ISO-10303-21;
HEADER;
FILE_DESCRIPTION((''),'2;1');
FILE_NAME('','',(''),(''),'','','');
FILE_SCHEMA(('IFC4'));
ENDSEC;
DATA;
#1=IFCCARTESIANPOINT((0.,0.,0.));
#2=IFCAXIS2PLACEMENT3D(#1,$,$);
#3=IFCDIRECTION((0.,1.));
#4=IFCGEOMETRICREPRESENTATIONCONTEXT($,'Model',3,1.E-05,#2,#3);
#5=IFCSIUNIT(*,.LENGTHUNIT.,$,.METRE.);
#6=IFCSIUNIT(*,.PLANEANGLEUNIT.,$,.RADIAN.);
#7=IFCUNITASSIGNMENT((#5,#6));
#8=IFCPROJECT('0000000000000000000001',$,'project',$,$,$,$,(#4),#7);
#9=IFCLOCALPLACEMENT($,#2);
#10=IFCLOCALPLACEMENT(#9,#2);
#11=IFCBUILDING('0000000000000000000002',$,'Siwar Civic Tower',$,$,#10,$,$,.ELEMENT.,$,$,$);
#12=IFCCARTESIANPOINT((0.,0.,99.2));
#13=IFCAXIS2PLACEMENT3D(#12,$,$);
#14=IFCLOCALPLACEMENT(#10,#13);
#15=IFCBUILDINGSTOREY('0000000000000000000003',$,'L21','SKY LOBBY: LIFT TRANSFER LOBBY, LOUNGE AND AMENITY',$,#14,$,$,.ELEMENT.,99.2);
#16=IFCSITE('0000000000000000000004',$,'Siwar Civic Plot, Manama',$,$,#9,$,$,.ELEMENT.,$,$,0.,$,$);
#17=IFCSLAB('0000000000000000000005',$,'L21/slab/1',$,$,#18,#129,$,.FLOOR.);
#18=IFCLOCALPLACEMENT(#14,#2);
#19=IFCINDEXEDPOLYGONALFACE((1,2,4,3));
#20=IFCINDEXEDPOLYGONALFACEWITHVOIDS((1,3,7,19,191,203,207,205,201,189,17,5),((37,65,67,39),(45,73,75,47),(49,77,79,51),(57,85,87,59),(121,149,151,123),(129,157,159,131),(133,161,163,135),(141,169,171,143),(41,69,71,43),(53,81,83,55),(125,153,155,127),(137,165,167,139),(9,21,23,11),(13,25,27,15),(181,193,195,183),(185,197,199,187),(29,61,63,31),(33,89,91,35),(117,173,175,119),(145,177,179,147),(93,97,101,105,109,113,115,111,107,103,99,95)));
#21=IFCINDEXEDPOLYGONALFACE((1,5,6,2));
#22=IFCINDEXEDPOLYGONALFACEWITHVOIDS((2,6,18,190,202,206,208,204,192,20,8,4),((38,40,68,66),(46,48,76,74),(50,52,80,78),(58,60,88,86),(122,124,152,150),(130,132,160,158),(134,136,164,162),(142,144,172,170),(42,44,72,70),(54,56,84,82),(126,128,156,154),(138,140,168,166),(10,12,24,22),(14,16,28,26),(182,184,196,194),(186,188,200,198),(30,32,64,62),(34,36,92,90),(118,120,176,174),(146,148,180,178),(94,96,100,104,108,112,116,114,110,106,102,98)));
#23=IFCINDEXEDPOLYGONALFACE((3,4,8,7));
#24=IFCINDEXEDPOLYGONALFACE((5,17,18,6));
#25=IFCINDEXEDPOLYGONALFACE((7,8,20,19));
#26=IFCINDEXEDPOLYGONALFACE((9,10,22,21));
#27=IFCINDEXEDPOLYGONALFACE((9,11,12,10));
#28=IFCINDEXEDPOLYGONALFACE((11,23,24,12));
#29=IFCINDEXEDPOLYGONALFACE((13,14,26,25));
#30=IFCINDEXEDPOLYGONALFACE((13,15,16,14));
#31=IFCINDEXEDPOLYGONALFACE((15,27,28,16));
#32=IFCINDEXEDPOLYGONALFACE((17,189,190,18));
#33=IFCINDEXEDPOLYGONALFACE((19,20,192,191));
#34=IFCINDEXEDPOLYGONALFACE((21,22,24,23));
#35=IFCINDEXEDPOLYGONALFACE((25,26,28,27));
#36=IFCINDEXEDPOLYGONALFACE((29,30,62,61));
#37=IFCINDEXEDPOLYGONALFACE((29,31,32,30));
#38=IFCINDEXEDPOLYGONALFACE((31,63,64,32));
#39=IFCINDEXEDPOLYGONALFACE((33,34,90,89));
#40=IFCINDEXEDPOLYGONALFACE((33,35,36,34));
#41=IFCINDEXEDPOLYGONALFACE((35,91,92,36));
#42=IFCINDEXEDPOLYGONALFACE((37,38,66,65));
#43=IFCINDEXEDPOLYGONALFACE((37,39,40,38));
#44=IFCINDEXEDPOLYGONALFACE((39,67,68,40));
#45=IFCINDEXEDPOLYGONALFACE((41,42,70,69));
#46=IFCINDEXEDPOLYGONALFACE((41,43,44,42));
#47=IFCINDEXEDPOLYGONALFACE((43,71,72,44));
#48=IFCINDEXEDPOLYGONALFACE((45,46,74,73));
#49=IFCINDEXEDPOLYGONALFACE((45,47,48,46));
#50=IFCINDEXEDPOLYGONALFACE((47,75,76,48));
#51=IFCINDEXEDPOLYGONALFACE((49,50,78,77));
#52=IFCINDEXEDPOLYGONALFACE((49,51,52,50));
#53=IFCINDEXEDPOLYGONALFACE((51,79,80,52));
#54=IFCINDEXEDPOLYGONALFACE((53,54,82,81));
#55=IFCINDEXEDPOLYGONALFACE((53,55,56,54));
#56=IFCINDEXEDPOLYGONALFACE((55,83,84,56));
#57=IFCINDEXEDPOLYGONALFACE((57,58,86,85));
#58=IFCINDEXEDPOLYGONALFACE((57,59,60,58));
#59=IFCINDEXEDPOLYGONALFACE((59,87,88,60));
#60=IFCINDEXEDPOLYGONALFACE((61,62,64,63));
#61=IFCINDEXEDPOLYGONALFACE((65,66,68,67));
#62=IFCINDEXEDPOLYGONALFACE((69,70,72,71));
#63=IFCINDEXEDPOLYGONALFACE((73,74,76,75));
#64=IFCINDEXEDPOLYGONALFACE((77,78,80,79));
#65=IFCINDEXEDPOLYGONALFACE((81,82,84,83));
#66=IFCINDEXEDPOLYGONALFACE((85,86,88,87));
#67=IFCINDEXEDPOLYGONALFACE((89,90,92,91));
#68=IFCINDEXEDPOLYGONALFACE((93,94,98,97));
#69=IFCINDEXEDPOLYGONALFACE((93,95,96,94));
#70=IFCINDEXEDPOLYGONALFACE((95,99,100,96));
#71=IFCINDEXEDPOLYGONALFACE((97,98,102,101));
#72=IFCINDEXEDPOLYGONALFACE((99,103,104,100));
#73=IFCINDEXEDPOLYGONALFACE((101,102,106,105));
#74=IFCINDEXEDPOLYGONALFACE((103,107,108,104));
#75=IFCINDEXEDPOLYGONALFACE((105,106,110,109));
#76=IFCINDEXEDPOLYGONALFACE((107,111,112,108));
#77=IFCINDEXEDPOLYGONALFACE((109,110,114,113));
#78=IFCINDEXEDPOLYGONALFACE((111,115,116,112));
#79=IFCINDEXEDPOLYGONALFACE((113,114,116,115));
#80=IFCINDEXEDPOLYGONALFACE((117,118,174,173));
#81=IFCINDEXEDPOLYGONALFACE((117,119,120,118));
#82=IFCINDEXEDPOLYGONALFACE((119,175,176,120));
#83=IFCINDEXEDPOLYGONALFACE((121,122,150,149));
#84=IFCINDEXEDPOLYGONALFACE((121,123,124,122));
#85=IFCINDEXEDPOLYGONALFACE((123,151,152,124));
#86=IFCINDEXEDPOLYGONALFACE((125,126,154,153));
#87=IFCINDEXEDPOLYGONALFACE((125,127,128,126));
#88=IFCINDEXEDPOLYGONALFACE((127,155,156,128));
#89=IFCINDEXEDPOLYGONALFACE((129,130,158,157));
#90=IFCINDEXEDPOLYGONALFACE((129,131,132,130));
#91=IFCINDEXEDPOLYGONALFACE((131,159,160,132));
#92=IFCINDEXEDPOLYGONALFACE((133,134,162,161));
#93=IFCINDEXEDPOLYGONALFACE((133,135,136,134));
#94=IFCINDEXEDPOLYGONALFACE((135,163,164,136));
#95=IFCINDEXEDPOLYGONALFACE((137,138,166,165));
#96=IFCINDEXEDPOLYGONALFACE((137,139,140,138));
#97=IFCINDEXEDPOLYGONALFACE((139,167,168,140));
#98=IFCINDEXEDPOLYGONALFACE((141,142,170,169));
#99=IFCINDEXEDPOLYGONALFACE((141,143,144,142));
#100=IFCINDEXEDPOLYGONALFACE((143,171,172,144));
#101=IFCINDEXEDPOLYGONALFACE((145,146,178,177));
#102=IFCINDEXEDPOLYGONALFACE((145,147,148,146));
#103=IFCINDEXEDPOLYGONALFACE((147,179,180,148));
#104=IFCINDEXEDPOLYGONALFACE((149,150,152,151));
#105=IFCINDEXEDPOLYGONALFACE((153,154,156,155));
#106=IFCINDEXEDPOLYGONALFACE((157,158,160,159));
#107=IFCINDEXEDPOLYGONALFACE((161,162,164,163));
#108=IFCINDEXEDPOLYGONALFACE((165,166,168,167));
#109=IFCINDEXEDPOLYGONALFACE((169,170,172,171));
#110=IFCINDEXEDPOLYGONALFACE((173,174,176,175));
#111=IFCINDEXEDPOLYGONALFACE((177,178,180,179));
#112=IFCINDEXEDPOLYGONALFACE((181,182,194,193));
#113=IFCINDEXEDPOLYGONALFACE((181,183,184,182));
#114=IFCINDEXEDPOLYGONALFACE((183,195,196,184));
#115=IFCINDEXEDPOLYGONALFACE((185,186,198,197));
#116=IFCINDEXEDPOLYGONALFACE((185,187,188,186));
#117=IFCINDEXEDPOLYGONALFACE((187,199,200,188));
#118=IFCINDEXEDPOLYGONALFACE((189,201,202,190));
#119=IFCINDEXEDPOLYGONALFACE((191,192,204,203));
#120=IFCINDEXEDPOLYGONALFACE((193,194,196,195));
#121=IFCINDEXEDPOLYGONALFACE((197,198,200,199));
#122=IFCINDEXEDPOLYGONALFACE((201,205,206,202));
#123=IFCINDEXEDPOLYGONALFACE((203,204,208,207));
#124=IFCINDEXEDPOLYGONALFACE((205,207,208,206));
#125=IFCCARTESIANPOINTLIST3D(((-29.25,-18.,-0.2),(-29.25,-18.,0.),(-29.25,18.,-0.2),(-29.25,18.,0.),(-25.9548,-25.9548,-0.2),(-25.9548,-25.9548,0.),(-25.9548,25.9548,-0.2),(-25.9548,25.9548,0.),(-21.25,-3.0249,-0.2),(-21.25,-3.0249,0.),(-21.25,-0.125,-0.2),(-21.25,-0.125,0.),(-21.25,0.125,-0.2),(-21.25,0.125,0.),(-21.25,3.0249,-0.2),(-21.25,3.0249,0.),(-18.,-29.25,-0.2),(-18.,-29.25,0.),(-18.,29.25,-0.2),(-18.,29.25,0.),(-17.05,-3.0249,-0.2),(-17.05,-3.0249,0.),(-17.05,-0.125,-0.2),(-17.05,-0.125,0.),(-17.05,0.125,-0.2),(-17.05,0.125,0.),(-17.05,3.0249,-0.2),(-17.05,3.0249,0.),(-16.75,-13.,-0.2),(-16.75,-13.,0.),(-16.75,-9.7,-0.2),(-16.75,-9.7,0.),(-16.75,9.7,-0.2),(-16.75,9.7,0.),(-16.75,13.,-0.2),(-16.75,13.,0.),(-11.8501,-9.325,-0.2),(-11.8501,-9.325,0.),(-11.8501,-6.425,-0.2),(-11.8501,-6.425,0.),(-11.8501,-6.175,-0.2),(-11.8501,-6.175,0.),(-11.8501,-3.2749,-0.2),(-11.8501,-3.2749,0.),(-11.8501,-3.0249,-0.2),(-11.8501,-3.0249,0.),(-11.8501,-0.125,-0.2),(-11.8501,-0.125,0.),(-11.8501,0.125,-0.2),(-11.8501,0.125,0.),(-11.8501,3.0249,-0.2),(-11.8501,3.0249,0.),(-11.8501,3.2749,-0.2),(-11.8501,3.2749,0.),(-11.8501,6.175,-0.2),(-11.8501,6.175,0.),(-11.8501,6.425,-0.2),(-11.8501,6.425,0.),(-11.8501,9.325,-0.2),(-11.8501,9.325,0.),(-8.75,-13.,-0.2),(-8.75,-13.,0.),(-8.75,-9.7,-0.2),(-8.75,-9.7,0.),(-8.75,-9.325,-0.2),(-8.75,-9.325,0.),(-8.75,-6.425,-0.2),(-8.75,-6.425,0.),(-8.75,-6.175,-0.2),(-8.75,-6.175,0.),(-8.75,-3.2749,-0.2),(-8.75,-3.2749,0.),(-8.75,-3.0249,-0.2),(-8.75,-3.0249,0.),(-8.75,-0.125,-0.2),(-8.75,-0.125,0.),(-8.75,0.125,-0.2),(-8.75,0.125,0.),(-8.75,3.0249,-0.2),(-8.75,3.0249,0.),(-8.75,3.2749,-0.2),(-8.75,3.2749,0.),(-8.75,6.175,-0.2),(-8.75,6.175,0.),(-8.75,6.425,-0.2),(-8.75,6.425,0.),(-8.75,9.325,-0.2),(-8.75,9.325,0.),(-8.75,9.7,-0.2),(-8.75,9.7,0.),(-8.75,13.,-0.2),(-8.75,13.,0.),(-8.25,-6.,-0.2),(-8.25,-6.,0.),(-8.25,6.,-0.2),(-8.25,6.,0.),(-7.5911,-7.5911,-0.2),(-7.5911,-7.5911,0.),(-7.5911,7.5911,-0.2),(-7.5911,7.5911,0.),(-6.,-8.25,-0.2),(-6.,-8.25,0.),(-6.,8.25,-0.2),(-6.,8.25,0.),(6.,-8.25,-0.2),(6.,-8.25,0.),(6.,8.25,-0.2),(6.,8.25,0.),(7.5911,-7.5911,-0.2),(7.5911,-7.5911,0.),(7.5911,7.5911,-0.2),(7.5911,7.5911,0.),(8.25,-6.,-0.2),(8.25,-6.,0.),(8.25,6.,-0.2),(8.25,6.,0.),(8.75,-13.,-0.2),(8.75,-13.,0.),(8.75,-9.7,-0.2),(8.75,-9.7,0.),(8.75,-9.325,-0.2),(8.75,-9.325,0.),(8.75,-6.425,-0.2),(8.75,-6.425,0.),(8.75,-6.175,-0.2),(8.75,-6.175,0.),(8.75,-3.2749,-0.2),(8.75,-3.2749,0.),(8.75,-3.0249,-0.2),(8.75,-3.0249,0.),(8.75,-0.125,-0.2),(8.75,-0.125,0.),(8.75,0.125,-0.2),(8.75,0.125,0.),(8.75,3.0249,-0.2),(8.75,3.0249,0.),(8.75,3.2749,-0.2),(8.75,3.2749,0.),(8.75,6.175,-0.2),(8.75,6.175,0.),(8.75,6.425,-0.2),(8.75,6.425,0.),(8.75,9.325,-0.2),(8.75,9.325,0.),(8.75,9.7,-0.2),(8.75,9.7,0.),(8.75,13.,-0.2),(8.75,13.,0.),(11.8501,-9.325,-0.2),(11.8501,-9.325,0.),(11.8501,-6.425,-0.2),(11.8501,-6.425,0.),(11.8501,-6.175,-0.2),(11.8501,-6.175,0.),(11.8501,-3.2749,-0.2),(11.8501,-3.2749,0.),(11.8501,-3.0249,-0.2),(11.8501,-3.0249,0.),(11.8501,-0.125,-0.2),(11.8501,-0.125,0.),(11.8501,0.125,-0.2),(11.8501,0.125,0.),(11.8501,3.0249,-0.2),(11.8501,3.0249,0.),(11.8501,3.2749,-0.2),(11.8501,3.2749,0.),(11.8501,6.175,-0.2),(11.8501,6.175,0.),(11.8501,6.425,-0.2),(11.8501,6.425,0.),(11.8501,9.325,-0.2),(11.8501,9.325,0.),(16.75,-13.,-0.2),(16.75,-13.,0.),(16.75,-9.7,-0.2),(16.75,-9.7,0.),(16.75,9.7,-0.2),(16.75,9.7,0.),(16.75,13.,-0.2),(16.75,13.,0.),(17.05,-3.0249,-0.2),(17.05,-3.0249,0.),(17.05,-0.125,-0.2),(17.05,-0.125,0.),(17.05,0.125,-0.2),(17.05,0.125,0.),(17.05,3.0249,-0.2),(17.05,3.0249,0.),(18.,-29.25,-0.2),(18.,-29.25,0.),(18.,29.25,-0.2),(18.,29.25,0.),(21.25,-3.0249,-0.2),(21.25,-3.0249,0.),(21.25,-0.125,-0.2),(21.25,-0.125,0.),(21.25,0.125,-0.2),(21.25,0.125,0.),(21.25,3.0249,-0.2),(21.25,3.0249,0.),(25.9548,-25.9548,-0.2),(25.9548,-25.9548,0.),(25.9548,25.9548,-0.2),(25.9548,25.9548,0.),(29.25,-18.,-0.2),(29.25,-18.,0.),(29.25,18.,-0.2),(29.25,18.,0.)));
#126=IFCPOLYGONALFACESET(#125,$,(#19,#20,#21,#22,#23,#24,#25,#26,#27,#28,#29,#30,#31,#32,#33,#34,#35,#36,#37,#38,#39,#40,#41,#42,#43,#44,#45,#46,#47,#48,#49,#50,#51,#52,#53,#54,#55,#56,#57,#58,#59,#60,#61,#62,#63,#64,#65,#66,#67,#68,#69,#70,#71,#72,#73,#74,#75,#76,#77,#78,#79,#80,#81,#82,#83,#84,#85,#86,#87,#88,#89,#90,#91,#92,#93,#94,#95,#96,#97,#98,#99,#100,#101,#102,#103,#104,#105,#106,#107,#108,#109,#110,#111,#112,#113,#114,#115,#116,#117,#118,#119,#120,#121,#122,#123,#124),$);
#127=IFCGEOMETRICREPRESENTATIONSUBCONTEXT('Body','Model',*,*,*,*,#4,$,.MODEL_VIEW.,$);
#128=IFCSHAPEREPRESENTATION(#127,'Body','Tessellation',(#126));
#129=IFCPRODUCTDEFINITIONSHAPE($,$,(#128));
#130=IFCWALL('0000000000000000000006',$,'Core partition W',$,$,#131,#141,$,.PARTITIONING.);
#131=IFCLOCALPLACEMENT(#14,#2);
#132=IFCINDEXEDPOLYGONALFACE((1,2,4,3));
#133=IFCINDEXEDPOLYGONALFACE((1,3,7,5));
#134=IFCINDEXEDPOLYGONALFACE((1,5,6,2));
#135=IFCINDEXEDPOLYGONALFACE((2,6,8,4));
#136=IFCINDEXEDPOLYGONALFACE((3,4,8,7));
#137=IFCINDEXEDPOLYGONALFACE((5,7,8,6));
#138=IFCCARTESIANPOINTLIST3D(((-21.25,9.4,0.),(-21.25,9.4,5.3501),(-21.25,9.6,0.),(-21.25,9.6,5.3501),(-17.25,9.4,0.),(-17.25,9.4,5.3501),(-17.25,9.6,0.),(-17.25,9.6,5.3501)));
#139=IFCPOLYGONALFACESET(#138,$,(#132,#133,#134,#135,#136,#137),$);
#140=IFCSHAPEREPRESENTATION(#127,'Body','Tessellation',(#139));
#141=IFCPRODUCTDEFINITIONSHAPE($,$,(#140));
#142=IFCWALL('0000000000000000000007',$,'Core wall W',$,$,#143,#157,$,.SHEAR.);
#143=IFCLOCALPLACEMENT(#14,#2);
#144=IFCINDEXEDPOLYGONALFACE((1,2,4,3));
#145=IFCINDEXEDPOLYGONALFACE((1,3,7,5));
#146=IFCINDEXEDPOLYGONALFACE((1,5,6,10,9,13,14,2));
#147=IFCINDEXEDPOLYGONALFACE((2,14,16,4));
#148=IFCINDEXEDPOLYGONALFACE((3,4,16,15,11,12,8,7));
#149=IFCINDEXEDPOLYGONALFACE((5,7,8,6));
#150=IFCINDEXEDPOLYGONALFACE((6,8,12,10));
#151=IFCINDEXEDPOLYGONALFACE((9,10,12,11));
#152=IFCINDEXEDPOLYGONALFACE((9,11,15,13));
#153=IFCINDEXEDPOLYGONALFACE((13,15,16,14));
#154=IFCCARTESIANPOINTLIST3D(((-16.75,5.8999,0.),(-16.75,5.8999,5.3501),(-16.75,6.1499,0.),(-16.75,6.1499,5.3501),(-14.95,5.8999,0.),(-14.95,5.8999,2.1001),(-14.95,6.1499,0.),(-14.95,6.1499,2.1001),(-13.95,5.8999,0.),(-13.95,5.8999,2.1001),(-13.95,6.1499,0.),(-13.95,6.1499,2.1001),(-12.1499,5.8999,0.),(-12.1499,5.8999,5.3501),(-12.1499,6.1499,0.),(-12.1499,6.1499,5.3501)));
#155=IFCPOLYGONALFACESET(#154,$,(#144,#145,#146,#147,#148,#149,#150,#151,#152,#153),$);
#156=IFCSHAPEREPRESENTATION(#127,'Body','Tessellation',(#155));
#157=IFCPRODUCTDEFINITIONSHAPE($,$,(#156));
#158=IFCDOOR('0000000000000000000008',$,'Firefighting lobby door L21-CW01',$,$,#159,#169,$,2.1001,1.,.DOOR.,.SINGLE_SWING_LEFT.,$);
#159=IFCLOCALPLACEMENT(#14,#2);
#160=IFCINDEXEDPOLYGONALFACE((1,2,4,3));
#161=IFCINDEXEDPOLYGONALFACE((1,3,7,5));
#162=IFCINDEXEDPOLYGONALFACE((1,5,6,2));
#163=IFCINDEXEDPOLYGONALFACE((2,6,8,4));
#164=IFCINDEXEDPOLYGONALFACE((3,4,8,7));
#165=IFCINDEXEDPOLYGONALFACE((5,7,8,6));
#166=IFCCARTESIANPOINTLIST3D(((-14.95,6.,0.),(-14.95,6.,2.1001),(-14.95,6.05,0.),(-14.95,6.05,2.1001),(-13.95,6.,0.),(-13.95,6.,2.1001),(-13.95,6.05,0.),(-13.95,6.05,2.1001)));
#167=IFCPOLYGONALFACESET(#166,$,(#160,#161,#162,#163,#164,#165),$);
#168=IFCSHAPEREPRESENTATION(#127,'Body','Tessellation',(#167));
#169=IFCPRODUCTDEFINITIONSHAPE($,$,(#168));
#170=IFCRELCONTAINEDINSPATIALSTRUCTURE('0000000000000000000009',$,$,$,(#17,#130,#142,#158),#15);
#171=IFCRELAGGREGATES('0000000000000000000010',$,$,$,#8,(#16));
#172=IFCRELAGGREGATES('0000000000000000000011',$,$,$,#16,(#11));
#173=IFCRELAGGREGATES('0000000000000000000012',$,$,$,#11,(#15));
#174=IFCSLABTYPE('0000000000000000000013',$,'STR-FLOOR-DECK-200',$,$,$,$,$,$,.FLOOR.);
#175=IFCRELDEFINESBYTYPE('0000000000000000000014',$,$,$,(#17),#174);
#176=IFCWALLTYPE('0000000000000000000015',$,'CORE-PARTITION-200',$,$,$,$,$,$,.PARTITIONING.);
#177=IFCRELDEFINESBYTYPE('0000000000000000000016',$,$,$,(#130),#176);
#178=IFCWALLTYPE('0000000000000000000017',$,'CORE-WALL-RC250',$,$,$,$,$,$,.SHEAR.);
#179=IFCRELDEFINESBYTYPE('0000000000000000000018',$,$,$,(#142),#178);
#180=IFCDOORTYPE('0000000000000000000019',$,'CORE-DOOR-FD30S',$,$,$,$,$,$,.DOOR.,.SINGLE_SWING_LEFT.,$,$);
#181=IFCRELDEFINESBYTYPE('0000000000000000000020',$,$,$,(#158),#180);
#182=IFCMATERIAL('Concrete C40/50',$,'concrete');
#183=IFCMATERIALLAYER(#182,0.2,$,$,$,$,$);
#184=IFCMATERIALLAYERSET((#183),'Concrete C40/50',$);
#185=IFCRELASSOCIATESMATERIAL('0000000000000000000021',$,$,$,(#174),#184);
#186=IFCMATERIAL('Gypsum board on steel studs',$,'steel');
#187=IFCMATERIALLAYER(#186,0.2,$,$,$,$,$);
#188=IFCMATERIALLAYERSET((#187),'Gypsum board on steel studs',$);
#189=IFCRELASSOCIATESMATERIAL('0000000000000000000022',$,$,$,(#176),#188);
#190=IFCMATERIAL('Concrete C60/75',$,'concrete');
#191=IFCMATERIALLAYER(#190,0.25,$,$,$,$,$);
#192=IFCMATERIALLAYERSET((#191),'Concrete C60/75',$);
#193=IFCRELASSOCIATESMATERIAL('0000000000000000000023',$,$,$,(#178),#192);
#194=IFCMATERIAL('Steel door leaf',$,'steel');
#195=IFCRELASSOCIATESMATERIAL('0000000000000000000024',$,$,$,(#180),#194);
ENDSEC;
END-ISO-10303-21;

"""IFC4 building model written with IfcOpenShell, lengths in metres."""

from ifc_helpers import new_model, si_unit, direction, frame, frame_2d, origin, place, context, subcontext, project, spatial, polyline, rectangle, outline, extrude, material, layer, layer_set, type_object, element, fill, save


model = new_model("IFC4")

# Units and contexts
model_context = context("Model", 3, precision=1e-05, world=origin(), true_north=direction((0.0, 1.0)))
body_context = subcontext(model_context, "Body", "Model", "MODEL_VIEW")
ifc_project = project(units=[si_unit("LENGTHUNIT", "METRE"), si_unit("PLANEANGLEUNIT", "RADIAN")], contexts=[model_context])

# Site, building, storey
site_placement = place(None, origin())
site = spatial("IfcSite", under=ifc_project, at=site_placement, Name="Siwar Civic Plot, Manama", CompositionType="ELEMENT", RefElevation=0.0)
building_placement = place(site_placement, origin())
building = spatial("IfcBuilding", under=site, at=building_placement, Name="Siwar Civic Tower", CompositionType="ELEMENT")
storey_placement = place(building_placement, frame((0.0, 0.0, 99.2)))
storey = spatial("IfcBuildingStorey", under=building, at=storey_placement, Name="L21", Description="SKY LOBBY: LIFT TRANSFER LOBBY, LOUNGE AND AMENITY", CompositionType="ELEMENT", Elevation=99.2)

# Slab
ifc_material_1 = material(Name="Concrete C40/50", Category="concrete")
ifc_layer_1 = layer(ifc_material_1, 0.2)
ifc_layer_set_1 = layer_set([ifc_layer_1], Name="Concrete C40/50")
slab_type = type_object("IfcSlabType", Name="STR-FLOOR-DECK-200", PredefinedType="FLOOR", material=ifc_layer_set_1)
slab_placement = place(storey_placement, frame((0.0, 0.0, -0.2)))
element("IfcSlab", 1, at=slab_placement, inside=storey, type_object=slab_type, Name="L21/slab/1", PredefinedType="FLOOR", context=body_context, shape_type="SweptSolid", body=[
    extrude(outline(polyline([(-18.0, -29.25), (18.0, -29.25), (25.9548, -25.9548), (29.25, -18.0), (29.25, 18.0), (25.9548, 25.9548), (18.0, 29.25), (-18.0, 29.25), (-25.9548, 25.9548), (-29.25, 18.0), (-29.25, -18.0), (-25.9548, -25.9548), (-18.0, -29.25)]), holes=[polyline([(21.25, 3.0249), (21.25, 0.125), (17.05, 0.125), (17.05, 3.0249), (21.25, 3.0249)]), polyline([(17.05, -0.125), (21.25, -0.125), (21.25, -3.0249), (17.05, -3.0249), (17.05, -0.125)]), polyline([(16.75, 13.0), (16.75, 9.7), (8.75, 9.7), (8.75, 13.0), (16.75, 13.0)]), polyline([(8.75, -9.7), (16.75, -9.7), (16.75, -13.0), (8.75, -13.0), (8.75, -9.7)]), polyline([(11.8501, 9.325), (11.8501, 6.425), (8.75, 6.425), (8.75, 9.325), (11.8501, 9.325)]), polyline([(11.8501, 3.0249), (11.8501, 0.125), (8.75, 0.125), (8.75, 3.0249), (11.8501, 3.0249)]), polyline([(11.8501, -0.125), (11.8501, -3.0249), (8.75, -3.0249), (8.75, -0.125), (11.8501, -0.125)]), polyline([(11.8501, -3.2749), (11.8501, -6.175), (8.75, -6.175), (8.75, -3.2749), (11.8501, -3.2749)]), polyline([(8.75, 6.175), (11.8501, 6.175), (11.8501, 3.2749), (8.75, 3.2749), (8.75, 6.175)]), polyline([(8.75, -6.425), (11.8501, -6.425), (11.8501, -9.325), (8.75, -9.325), (8.75, -6.425)]), polyline([(-6.0, 8.25), (6.0, 8.25), (7.5911, 7.5911), (8.25, 6.0), (8.25, -6.0), (7.5911, -7.5911), (6.0, -8.25), (-6.0, -8.25), (-7.5911, -7.5911), (-8.25, -6.0), (-8.25, 6.0), (-7.5911, 7.5911), (-6.0, 8.25)]), polyline([(-8.75, 9.7), (-16.75, 9.7), (-16.75, 13.0), (-8.75, 13.0), (-8.75, 9.7)]), polyline([(-8.75, 0.125), (-11.8501, 0.125), (-11.8501, 3.0249), (-8.75, 3.0249), (-8.75, 0.125)]), polyline([(-8.75, -6.175), (-11.8501, -6.175), (-11.8501, -3.2749), (-8.75, -3.2749), (-8.75, -6.175)]), polyline([(-8.75, -9.325), (-11.8501, -9.325), (-11.8501, -6.425), (-8.75, -6.425), (-8.75, -9.325)]), polyline([(-8.75, -13.0), (-16.75, -13.0), (-16.75, -9.7), (-8.75, -9.7), (-8.75, -13.0)]), polyline([(-11.8501, 6.425), (-11.8501, 9.325), (-8.75, 9.325), (-8.75, 6.425), (-11.8501, 6.425)]), polyline([(-11.8501, 3.2749), (-11.8501, 6.175), (-8.75, 6.175), (-8.75, 3.2749), (-11.8501, 3.2749)]), polyline([(-11.8501, -3.0249), (-11.8501, -0.125), (-8.75, -0.125), (-8.75, -3.0249), (-11.8501, -3.0249)]), polyline([(-21.25, -3.0249), (-21.25, -0.125), (-17.05, -0.125), (-17.05, -3.0249), (-21.25, -3.0249)]), polyline([(-17.05, 0.125), (-21.25, 0.125), (-21.25, 3.0249), (-17.05, 3.0249), (-17.05, 0.125)])]), origin(), (0.0, 0.0, 1.0), 0.2),
])

# Wall
ifc_material_2 = material(Name="Gypsum board on steel studs", Category="steel")
ifc_layer_2 = layer(ifc_material_2, 0.2)
ifc_layer_set_2 = layer_set([ifc_layer_2], Name="Gypsum board on steel studs")
wall_type_1 = type_object("IfcWallType", Name="CORE-PARTITION-200", PredefinedType="PARTITIONING", material=ifc_layer_set_2)
wall_1_placement = place(storey_placement, frame((-17.25, 9.5, 0.0), z_axis=(0.0, 0.0, 1.0), x_axis=(-1.0, 0.0, 0.0)))
element("IfcWall", 2, at=wall_1_placement, inside=storey, type_object=wall_type_1, Name="Core partition W", PredefinedType="PARTITIONING", context=body_context, shape_type="SweptSolid", body=[
    extrude(rectangle(XDim=4.0, YDim=0.2, at=frame_2d((2.0, 0.0))), origin(), (0.0, 0.0, 1.0), 5.3501),
])

# Wall, opening, door
ifc_material_3 = material(Name="Concrete C60/75", Category="concrete")
ifc_layer_3 = layer(ifc_material_3, 0.25)
ifc_layer_set_3 = layer_set([ifc_layer_3], Name="Concrete C60/75")
wall_type_2 = type_object("IfcWallType", Name="CORE-WALL-RC250", PredefinedType="SHEAR", material=ifc_layer_set_3)
wall_2_placement = place(storey_placement, frame((-12.1499, 6.0249, 0.0), z_axis=(0.0, 0.0, 1.0), x_axis=(-1.0, 0.0, 0.0)))
wall_2 = element("IfcWall", 3, at=wall_2_placement, inside=storey, type_object=wall_type_2, Name="Core wall W", PredefinedType="SHEAR", context=body_context, shape_type="SweptSolid", body=[
    extrude(rectangle(XDim=4.6001, YDim=0.25, at=frame_2d((2.3, 0.0))), origin(), (0.0, 0.0, 1.0), 5.3501),
])
opening_1_placement = place(wall_2_placement, frame((1.8, 0.0, 0.0)))
opening_1 = element("IfcOpeningElement", 4, at=opening_1_placement, cuts=wall_2, PredefinedType="OPENING", context=body_context, shape_type="SweptSolid", body=[
    extrude(rectangle(XDim=1.0, YDim=2.1001, at=frame_2d((0.5, 1.05))), frame((0.0, 0.135, 0.0), z_axis=(0.0, -1.0, 0.0), x_axis=(1.0, 0.0, 0.0)), (0.0, 0.0, 1.0), 0.27),
])
ifc_material_4 = material(Name="Steel door leaf", Category="steel")
door_type_1 = type_object("IfcDoorType", Name="CORE-DOOR-FD30S", OperationType="SINGLE_SWING_LEFT", PredefinedType="DOOR", material=ifc_material_4)
door_1_placement = place(opening_1_placement, origin())
door_1 = element("IfcDoor", 5, at=door_1_placement, inside=storey, type_object=door_type_1, Name="Firefighting lobby door L21-CW01", OperationType="SINGLE_SWING_LEFT", OverallHeight=2.1001, OverallWidth=1.0, PredefinedType="DOOR", context=body_context, shape_type="SweptSolid", body=[
    extrude(rectangle(XDim=1.0, YDim=2.1001, at=frame_2d((0.5, 1.05))), frame((0.0, 0.0249, 0.0), z_axis=(0.0, -1.0, 0.0), x_axis=(1.0, 0.0, 0.0)), (0.0, 0.0, 1.0), 0.05),
])
fill(opening_1, door_1)

save(model, "model.ifc")
